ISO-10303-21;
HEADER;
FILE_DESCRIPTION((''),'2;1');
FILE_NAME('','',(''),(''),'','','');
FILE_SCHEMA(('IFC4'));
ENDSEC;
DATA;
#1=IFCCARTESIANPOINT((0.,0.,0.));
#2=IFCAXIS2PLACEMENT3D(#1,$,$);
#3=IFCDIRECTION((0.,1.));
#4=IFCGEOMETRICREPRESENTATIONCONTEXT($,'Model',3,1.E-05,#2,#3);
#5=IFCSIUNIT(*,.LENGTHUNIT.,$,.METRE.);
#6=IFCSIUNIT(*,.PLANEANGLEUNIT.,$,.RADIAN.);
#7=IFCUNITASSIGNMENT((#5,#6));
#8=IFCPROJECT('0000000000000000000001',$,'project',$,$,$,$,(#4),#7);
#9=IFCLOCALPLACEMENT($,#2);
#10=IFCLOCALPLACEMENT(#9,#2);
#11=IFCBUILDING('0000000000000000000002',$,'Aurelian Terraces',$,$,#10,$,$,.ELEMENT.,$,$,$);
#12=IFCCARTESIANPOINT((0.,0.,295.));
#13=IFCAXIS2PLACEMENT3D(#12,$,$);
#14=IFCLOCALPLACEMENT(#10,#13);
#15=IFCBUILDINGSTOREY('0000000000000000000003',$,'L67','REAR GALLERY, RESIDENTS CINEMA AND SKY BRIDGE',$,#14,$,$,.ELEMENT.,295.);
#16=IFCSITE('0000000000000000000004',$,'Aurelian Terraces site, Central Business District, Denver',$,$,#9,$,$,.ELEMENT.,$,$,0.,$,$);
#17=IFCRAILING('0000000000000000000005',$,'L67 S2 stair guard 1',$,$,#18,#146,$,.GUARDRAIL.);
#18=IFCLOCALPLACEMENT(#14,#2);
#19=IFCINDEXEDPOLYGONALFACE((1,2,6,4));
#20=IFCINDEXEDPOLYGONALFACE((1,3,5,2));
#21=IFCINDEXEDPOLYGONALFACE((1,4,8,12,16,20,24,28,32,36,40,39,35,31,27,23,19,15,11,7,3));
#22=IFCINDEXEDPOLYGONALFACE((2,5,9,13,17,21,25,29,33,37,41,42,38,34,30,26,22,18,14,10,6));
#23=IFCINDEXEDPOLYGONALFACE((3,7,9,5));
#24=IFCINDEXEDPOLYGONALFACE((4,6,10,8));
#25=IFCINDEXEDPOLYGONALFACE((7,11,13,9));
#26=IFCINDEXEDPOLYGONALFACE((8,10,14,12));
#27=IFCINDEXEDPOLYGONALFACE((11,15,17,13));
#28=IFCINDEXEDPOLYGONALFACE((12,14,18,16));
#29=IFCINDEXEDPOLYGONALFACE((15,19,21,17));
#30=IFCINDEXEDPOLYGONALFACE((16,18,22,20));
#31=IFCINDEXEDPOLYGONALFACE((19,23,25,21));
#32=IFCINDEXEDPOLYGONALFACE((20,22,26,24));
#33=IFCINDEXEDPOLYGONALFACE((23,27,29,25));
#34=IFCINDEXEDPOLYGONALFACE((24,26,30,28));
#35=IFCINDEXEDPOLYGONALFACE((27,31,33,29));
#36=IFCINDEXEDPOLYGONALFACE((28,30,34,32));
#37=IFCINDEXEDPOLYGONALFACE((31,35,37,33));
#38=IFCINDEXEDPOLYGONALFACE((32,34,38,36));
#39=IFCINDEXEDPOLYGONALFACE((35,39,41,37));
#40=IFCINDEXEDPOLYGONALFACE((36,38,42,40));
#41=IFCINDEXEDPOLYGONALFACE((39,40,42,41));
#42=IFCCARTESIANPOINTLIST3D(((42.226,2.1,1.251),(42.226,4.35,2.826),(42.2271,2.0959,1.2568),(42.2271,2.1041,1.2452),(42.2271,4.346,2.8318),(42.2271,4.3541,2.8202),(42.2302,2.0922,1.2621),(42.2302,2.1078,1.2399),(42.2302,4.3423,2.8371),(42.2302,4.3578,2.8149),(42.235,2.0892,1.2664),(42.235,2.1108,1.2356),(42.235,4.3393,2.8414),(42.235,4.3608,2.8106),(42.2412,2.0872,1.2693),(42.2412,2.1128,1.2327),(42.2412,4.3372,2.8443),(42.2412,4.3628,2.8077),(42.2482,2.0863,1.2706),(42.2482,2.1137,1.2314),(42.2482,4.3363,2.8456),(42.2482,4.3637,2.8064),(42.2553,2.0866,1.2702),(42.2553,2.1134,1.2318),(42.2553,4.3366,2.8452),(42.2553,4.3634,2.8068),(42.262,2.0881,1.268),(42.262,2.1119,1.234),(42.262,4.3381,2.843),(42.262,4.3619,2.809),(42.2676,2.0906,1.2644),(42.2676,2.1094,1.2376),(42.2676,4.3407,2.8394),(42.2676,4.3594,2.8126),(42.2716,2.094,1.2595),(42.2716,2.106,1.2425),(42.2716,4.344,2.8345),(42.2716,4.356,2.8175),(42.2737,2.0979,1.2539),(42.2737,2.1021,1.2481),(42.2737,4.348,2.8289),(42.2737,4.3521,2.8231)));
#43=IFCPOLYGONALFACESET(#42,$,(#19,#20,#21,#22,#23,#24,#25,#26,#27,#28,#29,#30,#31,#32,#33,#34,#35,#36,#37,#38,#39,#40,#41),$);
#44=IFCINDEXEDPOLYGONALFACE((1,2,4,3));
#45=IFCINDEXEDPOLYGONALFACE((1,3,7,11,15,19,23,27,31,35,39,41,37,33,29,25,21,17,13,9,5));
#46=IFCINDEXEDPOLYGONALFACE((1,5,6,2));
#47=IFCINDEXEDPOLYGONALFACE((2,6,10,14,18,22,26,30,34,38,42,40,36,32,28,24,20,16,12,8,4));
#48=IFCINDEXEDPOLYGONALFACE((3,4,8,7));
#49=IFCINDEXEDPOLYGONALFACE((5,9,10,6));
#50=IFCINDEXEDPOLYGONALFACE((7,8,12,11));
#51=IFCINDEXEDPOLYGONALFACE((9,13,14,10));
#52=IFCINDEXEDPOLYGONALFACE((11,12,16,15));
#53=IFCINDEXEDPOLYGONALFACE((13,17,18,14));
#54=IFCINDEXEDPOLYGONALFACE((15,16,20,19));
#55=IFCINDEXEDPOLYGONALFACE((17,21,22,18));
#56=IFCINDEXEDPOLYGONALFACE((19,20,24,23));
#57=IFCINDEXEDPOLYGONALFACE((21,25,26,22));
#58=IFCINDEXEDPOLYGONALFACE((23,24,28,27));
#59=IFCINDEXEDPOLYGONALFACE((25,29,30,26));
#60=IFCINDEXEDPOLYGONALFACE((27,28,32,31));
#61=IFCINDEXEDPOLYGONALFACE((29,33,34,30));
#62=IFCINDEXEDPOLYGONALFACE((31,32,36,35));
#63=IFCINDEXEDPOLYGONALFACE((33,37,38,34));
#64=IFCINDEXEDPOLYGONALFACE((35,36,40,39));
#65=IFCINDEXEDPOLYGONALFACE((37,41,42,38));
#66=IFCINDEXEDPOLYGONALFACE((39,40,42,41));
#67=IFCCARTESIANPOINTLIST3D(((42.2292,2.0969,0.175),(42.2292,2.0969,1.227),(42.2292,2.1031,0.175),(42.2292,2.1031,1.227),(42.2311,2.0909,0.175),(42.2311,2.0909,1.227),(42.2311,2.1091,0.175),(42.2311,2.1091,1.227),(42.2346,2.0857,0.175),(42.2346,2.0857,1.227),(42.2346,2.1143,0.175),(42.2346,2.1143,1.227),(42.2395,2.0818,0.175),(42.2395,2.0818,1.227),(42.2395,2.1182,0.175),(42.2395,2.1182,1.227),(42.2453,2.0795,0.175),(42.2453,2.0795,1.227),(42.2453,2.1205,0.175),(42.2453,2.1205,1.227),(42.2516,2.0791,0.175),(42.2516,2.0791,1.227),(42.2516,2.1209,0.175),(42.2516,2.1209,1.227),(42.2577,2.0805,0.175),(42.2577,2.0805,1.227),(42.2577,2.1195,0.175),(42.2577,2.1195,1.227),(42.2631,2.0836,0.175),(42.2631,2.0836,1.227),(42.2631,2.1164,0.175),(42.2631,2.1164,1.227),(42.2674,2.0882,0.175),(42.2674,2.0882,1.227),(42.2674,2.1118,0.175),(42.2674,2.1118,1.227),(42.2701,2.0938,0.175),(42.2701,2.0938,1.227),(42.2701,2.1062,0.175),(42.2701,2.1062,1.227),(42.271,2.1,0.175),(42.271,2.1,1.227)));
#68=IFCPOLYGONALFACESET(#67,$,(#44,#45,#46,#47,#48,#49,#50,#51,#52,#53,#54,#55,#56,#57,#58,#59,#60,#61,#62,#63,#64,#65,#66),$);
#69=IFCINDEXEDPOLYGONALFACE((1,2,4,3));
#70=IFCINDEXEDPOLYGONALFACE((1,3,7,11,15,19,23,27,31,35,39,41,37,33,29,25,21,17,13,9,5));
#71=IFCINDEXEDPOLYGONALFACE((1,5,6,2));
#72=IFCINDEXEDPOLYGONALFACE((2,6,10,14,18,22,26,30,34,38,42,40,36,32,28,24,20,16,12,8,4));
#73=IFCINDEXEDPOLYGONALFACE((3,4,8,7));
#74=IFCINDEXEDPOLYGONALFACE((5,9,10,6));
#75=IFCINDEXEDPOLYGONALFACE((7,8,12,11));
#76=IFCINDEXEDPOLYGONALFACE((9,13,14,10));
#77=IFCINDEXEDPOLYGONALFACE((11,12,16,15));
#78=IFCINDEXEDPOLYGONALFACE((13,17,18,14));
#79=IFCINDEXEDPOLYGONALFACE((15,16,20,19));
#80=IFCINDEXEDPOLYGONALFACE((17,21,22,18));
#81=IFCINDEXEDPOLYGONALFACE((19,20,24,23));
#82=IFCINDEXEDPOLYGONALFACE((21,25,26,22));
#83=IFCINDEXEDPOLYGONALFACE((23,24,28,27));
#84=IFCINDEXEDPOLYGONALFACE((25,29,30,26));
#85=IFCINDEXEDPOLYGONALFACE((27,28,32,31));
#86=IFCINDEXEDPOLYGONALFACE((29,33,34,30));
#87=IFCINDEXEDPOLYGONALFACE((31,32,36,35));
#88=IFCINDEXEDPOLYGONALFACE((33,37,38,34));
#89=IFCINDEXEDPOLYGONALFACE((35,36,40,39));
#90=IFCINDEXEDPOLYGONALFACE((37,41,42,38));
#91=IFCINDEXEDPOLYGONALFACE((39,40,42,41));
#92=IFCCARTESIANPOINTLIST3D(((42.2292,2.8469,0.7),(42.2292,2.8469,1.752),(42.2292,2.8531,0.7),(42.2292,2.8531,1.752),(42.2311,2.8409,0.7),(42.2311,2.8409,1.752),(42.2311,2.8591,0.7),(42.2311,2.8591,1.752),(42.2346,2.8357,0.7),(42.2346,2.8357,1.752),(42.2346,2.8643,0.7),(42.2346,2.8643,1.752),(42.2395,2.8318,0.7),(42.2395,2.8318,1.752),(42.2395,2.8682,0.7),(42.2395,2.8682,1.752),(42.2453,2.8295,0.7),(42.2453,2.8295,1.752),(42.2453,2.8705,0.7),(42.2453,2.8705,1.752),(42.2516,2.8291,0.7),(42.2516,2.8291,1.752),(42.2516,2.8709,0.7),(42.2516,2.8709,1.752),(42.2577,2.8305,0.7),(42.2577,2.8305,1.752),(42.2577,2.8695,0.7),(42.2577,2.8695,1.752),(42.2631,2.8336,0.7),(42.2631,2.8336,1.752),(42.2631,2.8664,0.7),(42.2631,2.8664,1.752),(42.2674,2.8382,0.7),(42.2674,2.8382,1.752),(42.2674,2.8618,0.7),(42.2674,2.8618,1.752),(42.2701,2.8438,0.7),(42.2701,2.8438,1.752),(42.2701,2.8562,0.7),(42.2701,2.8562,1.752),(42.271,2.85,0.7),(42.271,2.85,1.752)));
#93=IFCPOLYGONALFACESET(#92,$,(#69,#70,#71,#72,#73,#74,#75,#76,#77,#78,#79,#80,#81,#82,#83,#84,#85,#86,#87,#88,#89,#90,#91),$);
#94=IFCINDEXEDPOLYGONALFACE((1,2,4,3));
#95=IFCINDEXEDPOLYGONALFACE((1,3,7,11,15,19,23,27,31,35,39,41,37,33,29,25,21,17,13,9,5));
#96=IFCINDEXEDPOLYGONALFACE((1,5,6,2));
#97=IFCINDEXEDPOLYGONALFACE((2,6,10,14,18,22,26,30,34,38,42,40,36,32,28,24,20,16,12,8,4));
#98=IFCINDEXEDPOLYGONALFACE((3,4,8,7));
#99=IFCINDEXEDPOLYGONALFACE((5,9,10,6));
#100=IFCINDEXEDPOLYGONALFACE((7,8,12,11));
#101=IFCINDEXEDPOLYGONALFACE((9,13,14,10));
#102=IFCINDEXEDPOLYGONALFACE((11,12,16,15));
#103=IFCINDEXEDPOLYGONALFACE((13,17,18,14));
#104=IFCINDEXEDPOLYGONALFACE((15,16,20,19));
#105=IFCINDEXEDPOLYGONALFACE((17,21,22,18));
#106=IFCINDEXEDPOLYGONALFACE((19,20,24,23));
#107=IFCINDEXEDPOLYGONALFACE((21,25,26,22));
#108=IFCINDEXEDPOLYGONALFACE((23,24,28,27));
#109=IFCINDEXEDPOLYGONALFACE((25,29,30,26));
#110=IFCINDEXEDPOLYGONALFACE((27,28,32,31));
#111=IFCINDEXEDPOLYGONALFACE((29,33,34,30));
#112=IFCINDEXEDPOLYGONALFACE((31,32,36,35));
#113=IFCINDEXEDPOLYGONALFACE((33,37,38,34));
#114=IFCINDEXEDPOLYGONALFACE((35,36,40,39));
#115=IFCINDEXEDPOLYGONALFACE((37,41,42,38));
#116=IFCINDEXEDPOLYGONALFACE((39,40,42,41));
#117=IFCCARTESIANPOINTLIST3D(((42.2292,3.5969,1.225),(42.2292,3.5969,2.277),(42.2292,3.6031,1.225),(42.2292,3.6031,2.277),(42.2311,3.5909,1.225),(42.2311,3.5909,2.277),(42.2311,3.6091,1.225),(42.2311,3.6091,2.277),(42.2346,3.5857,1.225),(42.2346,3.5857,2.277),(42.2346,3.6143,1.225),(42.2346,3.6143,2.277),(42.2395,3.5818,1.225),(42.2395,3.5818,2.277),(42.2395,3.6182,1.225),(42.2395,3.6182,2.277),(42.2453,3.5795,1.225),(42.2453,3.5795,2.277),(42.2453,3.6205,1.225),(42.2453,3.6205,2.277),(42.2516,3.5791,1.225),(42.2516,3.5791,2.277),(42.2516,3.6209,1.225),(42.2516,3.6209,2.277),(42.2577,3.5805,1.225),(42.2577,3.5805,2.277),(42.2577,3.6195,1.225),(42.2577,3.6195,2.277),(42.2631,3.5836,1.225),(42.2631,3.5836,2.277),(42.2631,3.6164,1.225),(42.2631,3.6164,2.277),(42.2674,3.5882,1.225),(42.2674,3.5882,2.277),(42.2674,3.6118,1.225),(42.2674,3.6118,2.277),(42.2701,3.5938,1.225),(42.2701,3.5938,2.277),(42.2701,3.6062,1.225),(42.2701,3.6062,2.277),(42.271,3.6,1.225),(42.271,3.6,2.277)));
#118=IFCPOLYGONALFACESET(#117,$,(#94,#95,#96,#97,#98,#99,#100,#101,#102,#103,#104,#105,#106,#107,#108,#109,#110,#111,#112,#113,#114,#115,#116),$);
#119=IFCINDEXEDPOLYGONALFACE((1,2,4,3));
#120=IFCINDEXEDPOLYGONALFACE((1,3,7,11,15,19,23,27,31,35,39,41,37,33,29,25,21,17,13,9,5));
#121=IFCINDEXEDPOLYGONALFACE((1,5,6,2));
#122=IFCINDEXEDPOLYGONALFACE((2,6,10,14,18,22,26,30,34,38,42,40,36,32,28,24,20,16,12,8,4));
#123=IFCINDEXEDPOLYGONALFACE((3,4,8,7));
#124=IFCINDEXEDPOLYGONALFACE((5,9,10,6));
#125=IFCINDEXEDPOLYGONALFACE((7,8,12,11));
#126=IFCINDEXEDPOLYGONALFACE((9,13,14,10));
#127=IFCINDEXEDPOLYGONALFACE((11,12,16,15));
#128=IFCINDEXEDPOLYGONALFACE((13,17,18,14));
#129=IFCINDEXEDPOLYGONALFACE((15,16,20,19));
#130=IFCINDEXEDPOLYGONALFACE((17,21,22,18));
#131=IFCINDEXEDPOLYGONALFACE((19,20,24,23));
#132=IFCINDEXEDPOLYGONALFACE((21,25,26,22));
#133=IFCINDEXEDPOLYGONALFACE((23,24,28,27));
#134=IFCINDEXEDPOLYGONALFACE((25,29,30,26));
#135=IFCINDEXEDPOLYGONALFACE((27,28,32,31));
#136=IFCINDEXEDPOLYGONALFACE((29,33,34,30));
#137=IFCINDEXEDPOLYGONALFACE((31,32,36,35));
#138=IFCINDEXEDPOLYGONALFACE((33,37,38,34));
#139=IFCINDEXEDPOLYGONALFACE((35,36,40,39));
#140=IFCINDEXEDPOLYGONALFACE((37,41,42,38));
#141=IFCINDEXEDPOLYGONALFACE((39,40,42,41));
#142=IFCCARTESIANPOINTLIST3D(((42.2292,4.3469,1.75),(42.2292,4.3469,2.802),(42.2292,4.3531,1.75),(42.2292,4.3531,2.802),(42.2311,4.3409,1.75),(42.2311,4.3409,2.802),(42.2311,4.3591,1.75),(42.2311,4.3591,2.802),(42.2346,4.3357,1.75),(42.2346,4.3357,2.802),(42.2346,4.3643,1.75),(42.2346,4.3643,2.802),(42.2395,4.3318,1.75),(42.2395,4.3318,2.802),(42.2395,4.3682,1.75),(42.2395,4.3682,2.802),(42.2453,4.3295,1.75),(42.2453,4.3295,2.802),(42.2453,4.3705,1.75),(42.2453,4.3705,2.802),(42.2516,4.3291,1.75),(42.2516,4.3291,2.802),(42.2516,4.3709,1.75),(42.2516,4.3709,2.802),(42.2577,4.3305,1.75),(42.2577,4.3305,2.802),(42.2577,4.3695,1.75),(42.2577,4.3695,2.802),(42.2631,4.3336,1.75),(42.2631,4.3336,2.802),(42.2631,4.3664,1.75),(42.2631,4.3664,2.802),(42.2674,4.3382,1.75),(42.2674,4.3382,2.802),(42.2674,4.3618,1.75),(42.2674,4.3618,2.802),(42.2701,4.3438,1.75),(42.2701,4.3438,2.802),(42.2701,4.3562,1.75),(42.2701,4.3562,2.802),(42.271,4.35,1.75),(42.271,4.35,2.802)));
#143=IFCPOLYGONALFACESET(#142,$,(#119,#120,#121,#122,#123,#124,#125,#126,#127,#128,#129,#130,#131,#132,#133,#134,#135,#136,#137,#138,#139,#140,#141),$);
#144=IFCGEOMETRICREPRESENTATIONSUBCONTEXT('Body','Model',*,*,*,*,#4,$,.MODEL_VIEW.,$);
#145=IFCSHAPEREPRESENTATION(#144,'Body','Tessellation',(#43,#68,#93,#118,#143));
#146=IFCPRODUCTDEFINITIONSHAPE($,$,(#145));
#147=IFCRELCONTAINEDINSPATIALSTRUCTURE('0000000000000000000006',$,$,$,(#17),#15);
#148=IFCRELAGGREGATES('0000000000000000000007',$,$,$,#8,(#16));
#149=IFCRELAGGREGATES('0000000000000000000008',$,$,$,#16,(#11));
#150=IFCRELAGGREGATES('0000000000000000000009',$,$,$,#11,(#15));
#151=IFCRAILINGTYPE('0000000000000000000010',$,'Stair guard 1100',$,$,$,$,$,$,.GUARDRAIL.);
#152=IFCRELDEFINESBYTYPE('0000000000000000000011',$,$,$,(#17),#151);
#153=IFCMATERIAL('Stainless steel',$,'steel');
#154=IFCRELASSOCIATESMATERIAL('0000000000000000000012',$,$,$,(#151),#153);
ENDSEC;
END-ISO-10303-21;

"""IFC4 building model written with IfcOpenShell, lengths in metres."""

from ifc_helpers import new_model, si_unit, direction, frame, origin, origin_2d, place, context, subcontext, project, spatial, circle, extrude, source, transform, mapped, material, type_object, element, save


model = new_model("IFC4")

# Units and contexts
model_context = context("Model", 3, precision=1e-05, world=origin(), true_north=direction((0.0, 1.0)))
body_context = subcontext(model_context, "Body", "Model", "MODEL_VIEW")
ifc_project = project(units=[si_unit("LENGTHUNIT", "METRE"), si_unit("PLANEANGLEUNIT", "RADIAN")], contexts=[model_context])

# Site, building, storey
site_placement = place(None, origin())
site = spatial("IfcSite", under=ifc_project, at=site_placement, Name="Aurelian Terraces site, Central Business District, Denver", CompositionType="ELEMENT", RefElevation=0.0)
building_placement = place(site_placement, origin())
building = spatial("IfcBuilding", under=site, at=building_placement, Name="Aurelian Terraces", CompositionType="ELEMENT")
storey_placement = place(building_placement, frame((0.0, 0.0, 295.0)))
storey = spatial("IfcBuildingStorey", under=building, at=storey_placement, Name="L67", Description="REAR GALLERY, RESIDENTS CINEMA AND SKY BRIDGE", CompositionType="ELEMENT", Elevation=295.0)

# Railing
ifc_material_1 = material(Name="Stainless steel", Category="steel")
railing_type_1 = type_object("IfcRailingType", Name="Stair guard 1100", PredefinedType="GUARDRAIL", material=ifc_material_1)
shared_shape_1 = source(origin(), body_context, "Body", "SweptSolid", [
    extrude(circle(Radius=0.024, at=origin_2d()), frame((0.0, 0.0, 1.076), z_axis=(0.0, 0.819232, 0.573462), x_axis=(-1.0, 0.0, 0.0)), (0.0, 0.0, 1.0), 2.7465),
    extrude(circle(Radius=0.021, at=origin_2d()), origin(), (0.0, 0.0, 1.0), 1.052),
    extrude(circle(Radius=0.021, at=origin_2d()), frame((0.0, 0.75, 0.525)), (0.0, 0.0, 1.0), 1.052),
    extrude(circle(Radius=0.021, at=origin_2d()), frame((0.0, 1.5, 1.05)), (0.0, 0.0, 1.0), 1.052),
    extrude(circle(Radius=0.021, at=origin_2d()), frame((0.0, 2.25, 1.575)), (0.0, 0.0, 1.0), 1.052),
])
railing_1_placement = place(storey_placement, frame((42.25, 2.1, 0.175)))
element("IfcRailing", 1, at=railing_1_placement, inside=storey, type_object=railing_type_1, Name="L67 S2 stair guard 1", PredefinedType="GUARDRAIL", context=body_context, shape_type="MappedRepresentation", body=[
    mapped(shared_shape_1, transform((0.0, 0.0, 0.0), scale=1.0)),
])

save(model, "model.ifc")
